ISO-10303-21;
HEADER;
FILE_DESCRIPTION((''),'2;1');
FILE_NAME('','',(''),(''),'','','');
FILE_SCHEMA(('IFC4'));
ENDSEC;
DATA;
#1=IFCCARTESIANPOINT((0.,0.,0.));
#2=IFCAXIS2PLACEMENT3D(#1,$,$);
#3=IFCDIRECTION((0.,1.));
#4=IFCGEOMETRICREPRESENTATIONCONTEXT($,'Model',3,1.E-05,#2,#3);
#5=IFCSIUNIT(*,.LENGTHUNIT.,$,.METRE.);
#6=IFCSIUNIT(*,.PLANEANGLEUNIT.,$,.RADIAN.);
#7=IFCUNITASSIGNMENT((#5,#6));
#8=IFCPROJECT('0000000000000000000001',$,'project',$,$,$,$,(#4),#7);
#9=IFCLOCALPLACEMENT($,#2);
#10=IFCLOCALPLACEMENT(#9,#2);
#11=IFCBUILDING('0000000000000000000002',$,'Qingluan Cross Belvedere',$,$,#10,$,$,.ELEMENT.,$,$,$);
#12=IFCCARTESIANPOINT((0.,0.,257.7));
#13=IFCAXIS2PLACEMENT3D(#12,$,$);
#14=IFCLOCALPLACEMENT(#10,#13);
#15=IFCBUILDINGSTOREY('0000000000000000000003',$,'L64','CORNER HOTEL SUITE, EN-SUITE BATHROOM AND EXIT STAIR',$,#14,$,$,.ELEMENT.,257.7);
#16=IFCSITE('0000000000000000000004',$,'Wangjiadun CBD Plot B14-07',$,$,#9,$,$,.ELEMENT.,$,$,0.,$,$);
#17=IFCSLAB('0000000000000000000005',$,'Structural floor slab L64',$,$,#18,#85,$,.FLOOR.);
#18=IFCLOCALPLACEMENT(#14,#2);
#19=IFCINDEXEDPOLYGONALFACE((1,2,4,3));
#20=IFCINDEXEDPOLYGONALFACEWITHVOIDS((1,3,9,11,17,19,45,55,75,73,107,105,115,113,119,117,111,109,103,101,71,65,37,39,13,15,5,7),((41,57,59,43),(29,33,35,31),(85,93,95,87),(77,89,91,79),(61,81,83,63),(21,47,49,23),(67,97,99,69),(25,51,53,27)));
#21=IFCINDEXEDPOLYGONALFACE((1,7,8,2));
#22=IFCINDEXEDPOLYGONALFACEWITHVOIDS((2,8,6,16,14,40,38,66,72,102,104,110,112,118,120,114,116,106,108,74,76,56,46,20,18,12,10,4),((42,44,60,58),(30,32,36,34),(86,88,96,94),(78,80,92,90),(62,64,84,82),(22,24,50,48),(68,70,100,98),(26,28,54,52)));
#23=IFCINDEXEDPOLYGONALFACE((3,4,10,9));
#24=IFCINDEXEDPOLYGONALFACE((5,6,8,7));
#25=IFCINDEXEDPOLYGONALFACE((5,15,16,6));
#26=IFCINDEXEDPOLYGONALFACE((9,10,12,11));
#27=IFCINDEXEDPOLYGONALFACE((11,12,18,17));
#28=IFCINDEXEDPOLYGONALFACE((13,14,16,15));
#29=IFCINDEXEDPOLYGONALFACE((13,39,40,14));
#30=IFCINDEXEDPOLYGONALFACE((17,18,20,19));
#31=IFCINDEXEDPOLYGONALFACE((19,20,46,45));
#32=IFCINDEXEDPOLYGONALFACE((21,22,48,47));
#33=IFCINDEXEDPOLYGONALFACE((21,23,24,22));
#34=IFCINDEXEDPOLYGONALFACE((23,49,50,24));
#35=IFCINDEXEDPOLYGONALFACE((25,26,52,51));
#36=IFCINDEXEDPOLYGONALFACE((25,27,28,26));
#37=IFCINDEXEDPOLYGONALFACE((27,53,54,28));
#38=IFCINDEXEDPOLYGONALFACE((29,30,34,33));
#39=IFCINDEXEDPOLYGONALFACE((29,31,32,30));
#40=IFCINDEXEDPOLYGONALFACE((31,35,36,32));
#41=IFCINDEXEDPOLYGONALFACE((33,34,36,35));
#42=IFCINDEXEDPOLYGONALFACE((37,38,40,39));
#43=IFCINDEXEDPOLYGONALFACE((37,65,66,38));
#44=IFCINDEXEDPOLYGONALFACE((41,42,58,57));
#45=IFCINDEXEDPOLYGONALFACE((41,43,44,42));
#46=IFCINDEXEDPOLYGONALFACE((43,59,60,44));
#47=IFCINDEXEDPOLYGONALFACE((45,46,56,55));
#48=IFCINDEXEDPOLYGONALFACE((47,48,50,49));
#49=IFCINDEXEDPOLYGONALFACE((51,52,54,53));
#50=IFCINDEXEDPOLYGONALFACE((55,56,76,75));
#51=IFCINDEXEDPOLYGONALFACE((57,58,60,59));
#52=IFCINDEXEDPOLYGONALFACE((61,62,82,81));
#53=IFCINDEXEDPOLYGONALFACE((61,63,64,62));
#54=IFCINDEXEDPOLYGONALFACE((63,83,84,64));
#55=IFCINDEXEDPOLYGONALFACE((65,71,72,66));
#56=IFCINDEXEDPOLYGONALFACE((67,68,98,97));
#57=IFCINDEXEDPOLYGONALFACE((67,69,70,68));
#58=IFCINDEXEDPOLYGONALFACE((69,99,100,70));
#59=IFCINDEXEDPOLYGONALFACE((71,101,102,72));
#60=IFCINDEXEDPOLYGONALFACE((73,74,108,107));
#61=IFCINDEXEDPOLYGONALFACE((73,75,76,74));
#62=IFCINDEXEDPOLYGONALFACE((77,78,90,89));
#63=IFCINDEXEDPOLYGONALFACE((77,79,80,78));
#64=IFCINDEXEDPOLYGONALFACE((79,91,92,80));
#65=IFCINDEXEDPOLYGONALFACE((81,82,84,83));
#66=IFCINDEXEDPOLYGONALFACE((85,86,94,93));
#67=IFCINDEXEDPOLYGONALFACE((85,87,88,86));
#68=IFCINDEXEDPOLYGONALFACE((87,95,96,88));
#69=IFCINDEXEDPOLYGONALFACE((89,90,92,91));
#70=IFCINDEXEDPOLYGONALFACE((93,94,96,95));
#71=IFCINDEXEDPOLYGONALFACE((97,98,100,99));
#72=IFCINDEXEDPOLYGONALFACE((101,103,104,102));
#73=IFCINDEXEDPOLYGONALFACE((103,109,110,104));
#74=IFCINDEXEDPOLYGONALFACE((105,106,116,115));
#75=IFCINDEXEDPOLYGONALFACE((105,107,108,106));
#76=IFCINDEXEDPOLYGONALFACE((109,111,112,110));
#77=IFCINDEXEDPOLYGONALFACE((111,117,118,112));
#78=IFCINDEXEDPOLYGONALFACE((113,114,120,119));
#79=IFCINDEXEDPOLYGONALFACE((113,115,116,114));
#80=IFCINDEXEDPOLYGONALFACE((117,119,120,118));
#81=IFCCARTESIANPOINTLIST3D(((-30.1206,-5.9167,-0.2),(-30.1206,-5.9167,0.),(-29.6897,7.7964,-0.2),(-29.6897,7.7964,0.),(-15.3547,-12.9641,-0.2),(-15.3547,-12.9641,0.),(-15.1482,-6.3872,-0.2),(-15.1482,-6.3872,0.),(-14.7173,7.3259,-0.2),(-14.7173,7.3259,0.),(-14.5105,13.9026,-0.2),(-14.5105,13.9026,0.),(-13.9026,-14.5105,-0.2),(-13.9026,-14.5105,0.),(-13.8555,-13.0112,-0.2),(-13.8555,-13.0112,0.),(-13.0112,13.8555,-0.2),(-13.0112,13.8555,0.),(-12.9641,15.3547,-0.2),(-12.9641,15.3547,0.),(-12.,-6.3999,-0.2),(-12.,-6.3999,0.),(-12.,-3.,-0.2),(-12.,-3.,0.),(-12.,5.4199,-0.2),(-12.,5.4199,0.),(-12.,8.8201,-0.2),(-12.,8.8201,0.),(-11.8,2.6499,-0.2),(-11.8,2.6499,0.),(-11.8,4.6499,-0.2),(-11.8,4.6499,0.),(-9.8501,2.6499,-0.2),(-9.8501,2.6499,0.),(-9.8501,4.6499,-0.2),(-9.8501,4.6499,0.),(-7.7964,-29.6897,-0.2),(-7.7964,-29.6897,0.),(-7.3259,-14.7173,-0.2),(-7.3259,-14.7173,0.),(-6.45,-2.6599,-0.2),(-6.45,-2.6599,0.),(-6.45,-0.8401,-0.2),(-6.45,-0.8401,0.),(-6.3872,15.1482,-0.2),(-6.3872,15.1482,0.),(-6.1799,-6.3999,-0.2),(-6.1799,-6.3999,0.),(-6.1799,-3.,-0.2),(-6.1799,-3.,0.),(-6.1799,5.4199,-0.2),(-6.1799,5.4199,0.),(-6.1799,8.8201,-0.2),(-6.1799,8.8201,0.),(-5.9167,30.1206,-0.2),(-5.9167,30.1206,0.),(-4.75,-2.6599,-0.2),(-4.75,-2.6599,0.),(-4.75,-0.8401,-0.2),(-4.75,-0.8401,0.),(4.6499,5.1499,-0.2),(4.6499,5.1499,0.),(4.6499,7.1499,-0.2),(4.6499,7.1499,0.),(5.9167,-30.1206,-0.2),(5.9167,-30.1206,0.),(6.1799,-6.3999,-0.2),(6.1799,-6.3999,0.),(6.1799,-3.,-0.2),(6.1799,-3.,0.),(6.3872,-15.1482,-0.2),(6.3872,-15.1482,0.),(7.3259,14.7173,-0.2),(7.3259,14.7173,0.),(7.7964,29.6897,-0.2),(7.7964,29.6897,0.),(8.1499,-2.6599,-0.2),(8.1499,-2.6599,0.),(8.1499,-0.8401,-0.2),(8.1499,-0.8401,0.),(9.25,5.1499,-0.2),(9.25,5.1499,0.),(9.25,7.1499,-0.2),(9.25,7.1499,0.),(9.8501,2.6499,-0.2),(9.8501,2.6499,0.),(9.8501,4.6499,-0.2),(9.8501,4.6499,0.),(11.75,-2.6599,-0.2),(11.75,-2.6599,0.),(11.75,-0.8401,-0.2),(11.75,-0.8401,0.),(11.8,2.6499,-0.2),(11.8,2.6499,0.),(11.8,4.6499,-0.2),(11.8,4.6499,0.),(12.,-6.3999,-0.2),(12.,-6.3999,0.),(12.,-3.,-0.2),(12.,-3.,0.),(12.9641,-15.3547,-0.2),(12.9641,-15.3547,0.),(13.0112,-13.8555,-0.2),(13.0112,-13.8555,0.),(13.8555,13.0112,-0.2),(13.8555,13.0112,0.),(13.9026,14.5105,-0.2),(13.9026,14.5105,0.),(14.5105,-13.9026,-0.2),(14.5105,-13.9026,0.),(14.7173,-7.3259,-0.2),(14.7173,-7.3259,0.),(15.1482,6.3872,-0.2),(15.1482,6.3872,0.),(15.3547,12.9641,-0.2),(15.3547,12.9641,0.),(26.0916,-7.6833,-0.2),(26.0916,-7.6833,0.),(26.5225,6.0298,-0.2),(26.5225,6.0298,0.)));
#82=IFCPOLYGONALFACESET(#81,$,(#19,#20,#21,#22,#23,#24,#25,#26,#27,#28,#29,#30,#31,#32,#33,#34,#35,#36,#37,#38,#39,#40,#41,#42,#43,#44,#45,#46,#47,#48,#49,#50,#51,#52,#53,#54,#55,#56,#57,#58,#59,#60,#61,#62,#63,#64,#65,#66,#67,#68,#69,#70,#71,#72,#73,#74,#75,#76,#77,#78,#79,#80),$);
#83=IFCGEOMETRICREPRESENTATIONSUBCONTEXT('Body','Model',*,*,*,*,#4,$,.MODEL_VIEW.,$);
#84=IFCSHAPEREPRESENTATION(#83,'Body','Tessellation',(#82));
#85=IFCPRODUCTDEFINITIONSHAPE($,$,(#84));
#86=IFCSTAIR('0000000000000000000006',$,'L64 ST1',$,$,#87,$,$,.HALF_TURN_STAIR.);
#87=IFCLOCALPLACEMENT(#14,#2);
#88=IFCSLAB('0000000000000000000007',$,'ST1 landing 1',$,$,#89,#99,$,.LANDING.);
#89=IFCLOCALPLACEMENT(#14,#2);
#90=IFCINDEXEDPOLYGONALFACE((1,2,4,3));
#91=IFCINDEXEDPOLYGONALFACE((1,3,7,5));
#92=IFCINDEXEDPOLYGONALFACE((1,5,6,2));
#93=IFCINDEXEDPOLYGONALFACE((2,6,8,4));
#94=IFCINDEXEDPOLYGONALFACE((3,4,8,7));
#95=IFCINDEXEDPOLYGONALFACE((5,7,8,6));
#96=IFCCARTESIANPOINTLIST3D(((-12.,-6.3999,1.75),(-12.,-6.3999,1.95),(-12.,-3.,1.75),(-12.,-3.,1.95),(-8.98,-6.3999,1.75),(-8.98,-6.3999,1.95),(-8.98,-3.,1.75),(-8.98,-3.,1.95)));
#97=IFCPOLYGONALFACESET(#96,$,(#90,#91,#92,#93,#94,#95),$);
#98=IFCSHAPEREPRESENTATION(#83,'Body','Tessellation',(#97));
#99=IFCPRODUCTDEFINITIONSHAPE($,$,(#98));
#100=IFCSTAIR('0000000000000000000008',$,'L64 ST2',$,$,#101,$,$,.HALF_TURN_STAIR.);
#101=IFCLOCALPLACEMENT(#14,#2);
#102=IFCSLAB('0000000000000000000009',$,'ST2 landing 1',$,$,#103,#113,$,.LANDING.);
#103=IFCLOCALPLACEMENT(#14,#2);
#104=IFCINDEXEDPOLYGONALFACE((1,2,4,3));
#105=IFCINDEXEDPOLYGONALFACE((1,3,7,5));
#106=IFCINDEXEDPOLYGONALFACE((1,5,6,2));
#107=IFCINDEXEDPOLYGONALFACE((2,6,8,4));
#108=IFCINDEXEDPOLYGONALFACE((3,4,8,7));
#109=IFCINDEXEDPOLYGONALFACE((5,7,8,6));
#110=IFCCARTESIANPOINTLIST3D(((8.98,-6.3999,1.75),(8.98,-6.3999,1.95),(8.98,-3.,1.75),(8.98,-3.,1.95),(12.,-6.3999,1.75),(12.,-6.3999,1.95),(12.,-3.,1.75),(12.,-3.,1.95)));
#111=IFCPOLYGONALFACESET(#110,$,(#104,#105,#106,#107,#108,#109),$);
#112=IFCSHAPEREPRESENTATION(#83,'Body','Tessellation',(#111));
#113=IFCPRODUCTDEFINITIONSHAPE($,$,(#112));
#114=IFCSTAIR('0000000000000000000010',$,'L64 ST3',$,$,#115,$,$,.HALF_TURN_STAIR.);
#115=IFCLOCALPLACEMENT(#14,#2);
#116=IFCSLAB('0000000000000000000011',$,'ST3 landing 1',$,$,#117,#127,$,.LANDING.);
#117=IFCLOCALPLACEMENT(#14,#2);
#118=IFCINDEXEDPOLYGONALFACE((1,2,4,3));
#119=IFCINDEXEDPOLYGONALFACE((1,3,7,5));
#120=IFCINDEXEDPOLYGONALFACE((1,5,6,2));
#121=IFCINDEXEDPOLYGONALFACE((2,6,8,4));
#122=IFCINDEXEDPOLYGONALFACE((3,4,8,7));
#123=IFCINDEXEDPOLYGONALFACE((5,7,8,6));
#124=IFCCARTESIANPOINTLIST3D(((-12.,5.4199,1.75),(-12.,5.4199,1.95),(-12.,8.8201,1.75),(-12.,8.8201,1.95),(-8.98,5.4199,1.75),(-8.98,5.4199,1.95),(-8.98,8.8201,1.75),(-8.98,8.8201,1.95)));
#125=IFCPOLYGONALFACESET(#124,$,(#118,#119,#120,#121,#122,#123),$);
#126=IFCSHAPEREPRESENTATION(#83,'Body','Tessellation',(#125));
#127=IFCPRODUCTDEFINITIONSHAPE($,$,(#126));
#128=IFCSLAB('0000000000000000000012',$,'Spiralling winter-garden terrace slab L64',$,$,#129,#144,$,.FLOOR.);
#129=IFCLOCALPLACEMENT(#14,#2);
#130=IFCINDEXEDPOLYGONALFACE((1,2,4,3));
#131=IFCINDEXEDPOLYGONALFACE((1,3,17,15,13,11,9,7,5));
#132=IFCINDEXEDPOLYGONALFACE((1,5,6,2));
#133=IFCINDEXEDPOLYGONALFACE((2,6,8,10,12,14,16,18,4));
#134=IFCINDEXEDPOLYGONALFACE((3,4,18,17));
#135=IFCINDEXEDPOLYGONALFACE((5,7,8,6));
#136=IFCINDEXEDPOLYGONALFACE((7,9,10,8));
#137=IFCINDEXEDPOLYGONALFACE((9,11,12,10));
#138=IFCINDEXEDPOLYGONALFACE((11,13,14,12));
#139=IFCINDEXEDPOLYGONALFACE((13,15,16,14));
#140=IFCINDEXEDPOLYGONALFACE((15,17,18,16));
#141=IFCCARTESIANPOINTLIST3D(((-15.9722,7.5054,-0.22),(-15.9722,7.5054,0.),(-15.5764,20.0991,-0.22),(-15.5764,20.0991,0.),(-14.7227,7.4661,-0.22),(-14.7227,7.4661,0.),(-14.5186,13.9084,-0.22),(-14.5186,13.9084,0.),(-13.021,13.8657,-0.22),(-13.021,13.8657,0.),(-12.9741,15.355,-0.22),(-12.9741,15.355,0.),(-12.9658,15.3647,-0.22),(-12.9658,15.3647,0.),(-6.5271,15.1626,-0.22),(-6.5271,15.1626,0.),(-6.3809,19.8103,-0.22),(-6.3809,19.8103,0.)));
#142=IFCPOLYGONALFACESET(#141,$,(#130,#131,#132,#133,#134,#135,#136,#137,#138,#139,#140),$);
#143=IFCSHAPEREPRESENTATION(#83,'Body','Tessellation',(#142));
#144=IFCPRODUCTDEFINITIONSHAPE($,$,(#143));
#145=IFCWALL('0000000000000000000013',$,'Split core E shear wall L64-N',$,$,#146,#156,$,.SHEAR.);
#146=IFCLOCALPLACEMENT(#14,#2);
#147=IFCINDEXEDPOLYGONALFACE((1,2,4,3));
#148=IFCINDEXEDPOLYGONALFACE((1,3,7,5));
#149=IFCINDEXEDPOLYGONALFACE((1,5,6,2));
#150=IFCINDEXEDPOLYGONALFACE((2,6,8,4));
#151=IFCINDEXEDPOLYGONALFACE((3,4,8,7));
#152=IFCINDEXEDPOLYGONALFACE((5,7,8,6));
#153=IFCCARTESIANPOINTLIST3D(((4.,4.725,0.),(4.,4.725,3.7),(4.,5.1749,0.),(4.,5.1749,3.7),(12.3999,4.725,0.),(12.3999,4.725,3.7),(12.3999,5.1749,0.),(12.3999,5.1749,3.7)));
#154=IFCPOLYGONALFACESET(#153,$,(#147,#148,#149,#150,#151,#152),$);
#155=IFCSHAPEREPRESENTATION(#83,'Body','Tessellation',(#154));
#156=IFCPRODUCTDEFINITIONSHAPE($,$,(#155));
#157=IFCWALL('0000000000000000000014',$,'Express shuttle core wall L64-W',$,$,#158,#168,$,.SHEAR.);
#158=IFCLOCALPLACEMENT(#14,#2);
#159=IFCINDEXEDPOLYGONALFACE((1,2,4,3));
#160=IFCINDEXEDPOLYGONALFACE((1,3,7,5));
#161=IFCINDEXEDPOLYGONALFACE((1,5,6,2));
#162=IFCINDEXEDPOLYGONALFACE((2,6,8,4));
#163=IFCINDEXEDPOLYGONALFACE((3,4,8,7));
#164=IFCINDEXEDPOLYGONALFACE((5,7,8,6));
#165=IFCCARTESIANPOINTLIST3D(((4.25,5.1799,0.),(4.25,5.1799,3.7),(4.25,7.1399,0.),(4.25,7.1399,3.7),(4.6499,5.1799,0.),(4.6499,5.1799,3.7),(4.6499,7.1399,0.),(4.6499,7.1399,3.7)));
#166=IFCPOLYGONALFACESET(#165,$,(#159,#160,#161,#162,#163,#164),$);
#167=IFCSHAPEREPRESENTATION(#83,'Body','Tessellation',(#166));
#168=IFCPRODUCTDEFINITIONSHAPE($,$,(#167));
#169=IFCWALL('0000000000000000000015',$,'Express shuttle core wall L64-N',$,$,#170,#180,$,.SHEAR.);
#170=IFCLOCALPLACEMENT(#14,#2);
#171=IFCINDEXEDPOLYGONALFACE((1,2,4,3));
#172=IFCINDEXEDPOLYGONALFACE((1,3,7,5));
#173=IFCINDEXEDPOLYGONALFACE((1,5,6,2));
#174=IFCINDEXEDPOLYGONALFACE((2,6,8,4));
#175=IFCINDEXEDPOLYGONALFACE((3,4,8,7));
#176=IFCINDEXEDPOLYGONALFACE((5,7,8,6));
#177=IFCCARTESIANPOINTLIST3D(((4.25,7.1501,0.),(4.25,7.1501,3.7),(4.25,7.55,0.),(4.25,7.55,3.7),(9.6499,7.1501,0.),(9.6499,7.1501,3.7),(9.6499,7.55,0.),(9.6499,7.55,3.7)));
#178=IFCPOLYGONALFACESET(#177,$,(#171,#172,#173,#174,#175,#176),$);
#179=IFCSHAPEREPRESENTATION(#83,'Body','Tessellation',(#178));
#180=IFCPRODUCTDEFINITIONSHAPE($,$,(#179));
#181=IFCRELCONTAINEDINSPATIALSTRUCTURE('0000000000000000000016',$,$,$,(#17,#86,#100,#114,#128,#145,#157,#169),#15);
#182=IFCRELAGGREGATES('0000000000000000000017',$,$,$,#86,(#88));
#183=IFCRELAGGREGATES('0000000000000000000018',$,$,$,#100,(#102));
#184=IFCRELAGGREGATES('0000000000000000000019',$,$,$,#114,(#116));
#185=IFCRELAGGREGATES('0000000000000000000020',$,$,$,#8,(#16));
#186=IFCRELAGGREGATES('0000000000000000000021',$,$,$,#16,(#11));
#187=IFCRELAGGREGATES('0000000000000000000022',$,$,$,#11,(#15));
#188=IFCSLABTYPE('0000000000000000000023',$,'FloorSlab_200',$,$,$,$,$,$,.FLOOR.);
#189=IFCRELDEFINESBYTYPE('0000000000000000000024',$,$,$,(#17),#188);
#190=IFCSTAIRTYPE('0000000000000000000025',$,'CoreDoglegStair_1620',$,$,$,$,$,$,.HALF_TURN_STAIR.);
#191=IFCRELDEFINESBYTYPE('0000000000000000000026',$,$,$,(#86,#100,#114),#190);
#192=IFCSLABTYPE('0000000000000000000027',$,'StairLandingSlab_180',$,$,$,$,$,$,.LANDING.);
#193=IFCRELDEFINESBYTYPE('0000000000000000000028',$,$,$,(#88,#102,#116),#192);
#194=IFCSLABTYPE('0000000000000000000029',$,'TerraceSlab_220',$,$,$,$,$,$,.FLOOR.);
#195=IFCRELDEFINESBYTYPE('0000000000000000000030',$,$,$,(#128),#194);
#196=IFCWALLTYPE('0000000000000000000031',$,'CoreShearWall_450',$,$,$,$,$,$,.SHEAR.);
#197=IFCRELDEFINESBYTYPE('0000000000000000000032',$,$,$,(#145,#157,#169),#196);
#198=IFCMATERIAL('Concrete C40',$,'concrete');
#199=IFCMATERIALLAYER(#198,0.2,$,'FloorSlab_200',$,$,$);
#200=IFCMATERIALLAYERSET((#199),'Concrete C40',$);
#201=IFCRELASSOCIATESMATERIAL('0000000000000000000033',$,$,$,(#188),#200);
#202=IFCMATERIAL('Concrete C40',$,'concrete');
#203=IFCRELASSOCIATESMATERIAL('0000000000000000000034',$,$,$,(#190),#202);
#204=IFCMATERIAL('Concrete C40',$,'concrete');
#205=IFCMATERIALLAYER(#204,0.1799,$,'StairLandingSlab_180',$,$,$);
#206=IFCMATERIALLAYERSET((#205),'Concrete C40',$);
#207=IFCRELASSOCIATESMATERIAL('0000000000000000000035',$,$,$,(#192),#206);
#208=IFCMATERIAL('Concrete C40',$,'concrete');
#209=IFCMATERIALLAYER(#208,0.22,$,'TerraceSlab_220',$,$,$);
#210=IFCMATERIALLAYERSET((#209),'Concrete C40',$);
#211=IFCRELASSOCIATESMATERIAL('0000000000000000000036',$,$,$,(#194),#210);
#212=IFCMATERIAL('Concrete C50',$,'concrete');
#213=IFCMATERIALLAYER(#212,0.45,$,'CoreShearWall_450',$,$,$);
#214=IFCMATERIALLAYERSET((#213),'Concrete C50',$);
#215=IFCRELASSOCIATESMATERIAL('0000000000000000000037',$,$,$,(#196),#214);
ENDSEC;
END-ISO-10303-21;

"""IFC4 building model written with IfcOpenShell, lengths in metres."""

from ifc_helpers import new_model, si_unit, direction, frame, frame_2d, origin, place, context, subcontext, project, spatial, polyline, rectangle, outline, extrude, material, layer, layer_set, type_object, element, aggregate, save


model = new_model("IFC4")

# Units and contexts
model_context = context("Model", 3, precision=1e-05, world=origin(), true_north=direction((0.0, 1.0)))
body_context = subcontext(model_context, "Body", "Model", "MODEL_VIEW")
ifc_project = project(units=[si_unit("LENGTHUNIT", "METRE"), si_unit("PLANEANGLEUNIT", "RADIAN")], contexts=[model_context])

# Site, building, storey
site_placement = place(None, origin())
site = spatial("IfcSite", under=ifc_project, at=site_placement, Name="Wangjiadun CBD Plot B14-07", CompositionType="ELEMENT", RefElevation=0.0)
building_placement = place(site_placement, origin())
building = spatial("IfcBuilding", under=site, at=building_placement, Name="Qingluan Cross Belvedere", CompositionType="ELEMENT")
storey_placement = place(building_placement, frame((0.0, 0.0, 257.7)))
storey = spatial("IfcBuildingStorey", under=building, at=storey_placement, Name="L64", Description="CORNER HOTEL SUITE, EN-SUITE BATHROOM AND EXIT STAIR", CompositionType="ELEMENT", Elevation=257.7)

# Slab
ifc_material_1 = material(Name="Concrete C40", Category="concrete")
ifc_layer_1 = layer(ifc_material_1, 0.2, Name="FloorSlab_200")
ifc_layer_set_1 = layer_set([ifc_layer_1], Name="Concrete C40")
slab_type_1 = type_object("IfcSlabType", Name="FloorSlab_200", PredefinedType="FLOOR", material=ifc_layer_set_1)
slab_1_placement = place(storey_placement, frame((0.0, 0.0, -0.2)))
element("IfcSlab", 1, at=slab_1_placement, inside=storey, type_object=slab_type_1, Name="Structural floor slab L64", PredefinedType="FLOOR", context=body_context, shape_type="SweptSolid", body=[
    extrude(outline(polyline([(5.9167, -30.1206), (6.3872, -15.1482), (12.9641, -15.3547), (13.0112, -13.8555), (14.5105, -13.9026), (14.7173, -7.3259), (26.0916, -7.6833), (26.5225, 6.0298), (15.1482, 6.3872), (15.3547, 12.9641), (13.8555, 13.0112), (13.9026, 14.5105), (7.3259, 14.7173), (7.7964, 29.6897), (-5.9167, 30.1206), (-6.3872, 15.1482), (-12.9641, 15.3547), (-13.0112, 13.8555), (-14.5105, 13.9026), (-14.7173, 7.3259), (-29.6897, 7.7964), (-30.1206, -5.9167), (-15.1482, -6.3872), (-15.3547, -12.9641), (-13.8555, -13.0112), (-13.9026, -14.5105), (-7.3259, -14.7173), (-7.7964, -29.6897), (5.9167, -30.1206)]), holes=[polyline([(-12.0, -3.0), (-6.1799, -3.0), (-6.1799, -6.3999), (-12.0, -6.3999), (-12.0, -3.0)]), polyline([(6.1799, -3.0), (12.0, -3.0), (12.0, -6.3999), (6.1799, -6.3999), (6.1799, -3.0)]), polyline([(-12.0, 8.8201), (-6.1799, 8.8201), (-6.1799, 5.4199), (-12.0, 5.4199), (-12.0, 8.8201)]), polyline([(-11.8, 4.6499), (-9.8501, 4.6499), (-9.8501, 2.6499), (-11.8, 2.6499), (-11.8, 4.6499)]), polyline([(9.8501, 4.6499), (11.8, 4.6499), (11.8, 2.6499), (9.8501, 2.6499), (9.8501, 4.6499)]), polyline([(-6.45, -0.8401), (-4.75, -0.8401), (-4.75, -2.6599), (-6.45, -2.6599), (-6.45, -0.8401)]), polyline([(8.1499, -0.8401), (11.75, -0.8401), (11.75, -2.6599), (8.1499, -2.6599), (8.1499, -0.8401)]), polyline([(4.6499, 7.1499), (9.25, 7.1499), (9.25, 5.1499), (4.6499, 5.1499), (4.6499, 7.1499)])]), origin(), (0.0, 0.0, 1.0), 0.2),
])

# Stairs, slabs
ifc_material_2 = material(Name="Concrete C40", Category="concrete")
stair_type = type_object("IfcStairType", Name="CoreDoglegStair_1620", PredefinedType="HALF_TURN_STAIR", material=ifc_material_2)
stair_1_placement = place(storey_placement, origin())
stair_1 = element("IfcStair", 2, at=stair_1_placement, inside=storey, type_object=stair_type, Name="L64 ST1", PredefinedType="HALF_TURN_STAIR")
ifc_material_3 = material(Name="Concrete C40", Category="concrete")
ifc_layer_2 = layer(ifc_material_3, 0.1799, Name="StairLandingSlab_180")
ifc_layer_set_2 = layer_set([ifc_layer_2], Name="Concrete C40")
slab_type_2 = type_object("IfcSlabType", Name="StairLandingSlab_180", PredefinedType="LANDING", material=ifc_layer_set_2)
slab_2_placement = place(storey_placement, frame((0.0, 0.0, 1.75)))
slab_2 = element("IfcSlab", 3, at=slab_2_placement, type_object=slab_type_2, Name="ST1 landing 1", PredefinedType="LANDING", context=body_context, shape_type="SweptSolid", body=[
    extrude(outline(polyline([(-8.98, -3.0), (-12.0, -3.0), (-12.0, -6.3999), (-8.98, -6.3999), (-8.98, -3.0)])), origin(), (0.0, 0.0, 1.0), 0.2),
])
aggregate(stair_1, [slab_2])
stair_2_placement = place(storey_placement, origin())
stair_2 = element("IfcStair", 4, at=stair_2_placement, inside=storey, type_object=stair_type, Name="L64 ST2", PredefinedType="HALF_TURN_STAIR")
slab_3_placement = place(storey_placement, frame((0.0, 0.0, 1.75)))
slab_3 = element("IfcSlab", 5, at=slab_3_placement, type_object=slab_type_2, Name="ST2 landing 1", PredefinedType="LANDING", context=body_context, shape_type="SweptSolid", body=[
    extrude(outline(polyline([(8.98, -6.3999), (12.0, -6.3999), (12.0, -3.0), (8.98, -3.0), (8.98, -6.3999)])), origin(), (0.0, 0.0, 1.0), 0.2),
])
aggregate(stair_2, [slab_3])
stair_3_placement = place(storey_placement, origin())
stair_3 = element("IfcStair", 6, at=stair_3_placement, inside=storey, type_object=stair_type, Name="L64 ST3", PredefinedType="HALF_TURN_STAIR")
slab_4_placement = place(storey_placement, frame((0.0, 0.0, 1.75)))
slab_4 = element("IfcSlab", 7, at=slab_4_placement, type_object=slab_type_2, Name="ST3 landing 1", PredefinedType="LANDING", context=body_context, shape_type="SweptSolid", body=[
    extrude(outline(polyline([(-8.98, 8.8201), (-12.0, 8.8201), (-12.0, 5.4199), (-8.98, 5.4199), (-8.98, 8.8201)])), origin(), (0.0, 0.0, 1.0), 0.2),
])
aggregate(stair_3, [slab_4])

# Slab
ifc_material_4 = material(Name="Concrete C40", Category="concrete")
ifc_layer_3 = layer(ifc_material_4, 0.22, Name="TerraceSlab_220")
ifc_layer_set_3 = layer_set([ifc_layer_3], Name="Concrete C40")
slab_type_3 = type_object("IfcSlabType", Name="TerraceSlab_220", PredefinedType="FLOOR", material=ifc_layer_set_3)
slab_5_placement = place(storey_placement, frame((0.0, 0.0, -0.22)))
element("IfcSlab", 8, at=slab_5_placement, inside=storey, type_object=slab_type_3, Name="Spiralling winter-garden terrace slab L64", PredefinedType="FLOOR", context=body_context, shape_type="SweptSolid", body=[
    extrude(outline(polyline([(-14.7227, 7.4661), (-14.5186, 13.9084), (-13.021, 13.8657), (-12.9741, 15.355), (-12.9658, 15.3647), (-6.5271, 15.1626), (-6.3809, 19.8103), (-15.5764, 20.0991), (-15.9722, 7.5054), (-14.7227, 7.4661)])), origin(), (0.0, 0.0, 1.0), 0.22),
])

# Walls
ifc_material_5 = material(Name="Concrete C50", Category="concrete")
ifc_layer_4 = layer(ifc_material_5, 0.45, Name="CoreShearWall_450")
ifc_layer_set_4 = layer_set([ifc_layer_4], Name="Concrete C50")
wall_type_1 = type_object("IfcWallType", Name="CoreShearWall_450", PredefinedType="SHEAR", material=ifc_layer_set_4)
wall_1_placement = place(storey_placement, frame((4.0, 4.95, 0.0), z_axis=(0.0, 0.0, 1.0), x_axis=(1.0, 0.0, 0.0)))
element("IfcWall", 9, at=wall_1_placement, inside=storey, type_object=wall_type_1, Name="Split core E shear wall L64-N", PredefinedType="SHEAR", context=body_context, shape_type="SweptSolid", body=[
    extrude(rectangle(XDim=8.3999, YDim=0.45, at=frame_2d((4.2, 0.0))), origin(), (0.0, 0.0, 1.0), 3.7),
])
wall_2_placement = place(storey_placement, frame((4.45, 5.1799, 0.0), z_axis=(0.0, 0.0, 1.0), x_axis=(0.0, 1.0, 0.0)))
element("IfcWall", 10, at=wall_2_placement, inside=storey, type_object=wall_type_1, Name="Express shuttle core wall L64-W", PredefinedType="SHEAR", context=body_context, shape_type="SweptSolid", body=[
    extrude(rectangle(XDim=1.96, YDim=0.3999, at=frame_2d((0.98, 0.0))), origin(), (0.0, 0.0, 1.0), 3.7),
])
wall_3_placement = place(storey_placement, frame((4.25, 7.3501, 0.0), z_axis=(0.0, 0.0, 1.0), x_axis=(1.0, 0.0, 0.0)))
element("IfcWall", 11, at=wall_3_placement, inside=storey, type_object=wall_type_1, Name="Express shuttle core wall L64-N", PredefinedType="SHEAR", context=body_context, shape_type="SweptSolid", body=[
    extrude(rectangle(XDim=5.3999, YDim=0.3999, at=frame_2d((2.7, 0.0))), origin(), (0.0, 0.0, 1.0), 3.7),
])

save(model, "model.ifc")
